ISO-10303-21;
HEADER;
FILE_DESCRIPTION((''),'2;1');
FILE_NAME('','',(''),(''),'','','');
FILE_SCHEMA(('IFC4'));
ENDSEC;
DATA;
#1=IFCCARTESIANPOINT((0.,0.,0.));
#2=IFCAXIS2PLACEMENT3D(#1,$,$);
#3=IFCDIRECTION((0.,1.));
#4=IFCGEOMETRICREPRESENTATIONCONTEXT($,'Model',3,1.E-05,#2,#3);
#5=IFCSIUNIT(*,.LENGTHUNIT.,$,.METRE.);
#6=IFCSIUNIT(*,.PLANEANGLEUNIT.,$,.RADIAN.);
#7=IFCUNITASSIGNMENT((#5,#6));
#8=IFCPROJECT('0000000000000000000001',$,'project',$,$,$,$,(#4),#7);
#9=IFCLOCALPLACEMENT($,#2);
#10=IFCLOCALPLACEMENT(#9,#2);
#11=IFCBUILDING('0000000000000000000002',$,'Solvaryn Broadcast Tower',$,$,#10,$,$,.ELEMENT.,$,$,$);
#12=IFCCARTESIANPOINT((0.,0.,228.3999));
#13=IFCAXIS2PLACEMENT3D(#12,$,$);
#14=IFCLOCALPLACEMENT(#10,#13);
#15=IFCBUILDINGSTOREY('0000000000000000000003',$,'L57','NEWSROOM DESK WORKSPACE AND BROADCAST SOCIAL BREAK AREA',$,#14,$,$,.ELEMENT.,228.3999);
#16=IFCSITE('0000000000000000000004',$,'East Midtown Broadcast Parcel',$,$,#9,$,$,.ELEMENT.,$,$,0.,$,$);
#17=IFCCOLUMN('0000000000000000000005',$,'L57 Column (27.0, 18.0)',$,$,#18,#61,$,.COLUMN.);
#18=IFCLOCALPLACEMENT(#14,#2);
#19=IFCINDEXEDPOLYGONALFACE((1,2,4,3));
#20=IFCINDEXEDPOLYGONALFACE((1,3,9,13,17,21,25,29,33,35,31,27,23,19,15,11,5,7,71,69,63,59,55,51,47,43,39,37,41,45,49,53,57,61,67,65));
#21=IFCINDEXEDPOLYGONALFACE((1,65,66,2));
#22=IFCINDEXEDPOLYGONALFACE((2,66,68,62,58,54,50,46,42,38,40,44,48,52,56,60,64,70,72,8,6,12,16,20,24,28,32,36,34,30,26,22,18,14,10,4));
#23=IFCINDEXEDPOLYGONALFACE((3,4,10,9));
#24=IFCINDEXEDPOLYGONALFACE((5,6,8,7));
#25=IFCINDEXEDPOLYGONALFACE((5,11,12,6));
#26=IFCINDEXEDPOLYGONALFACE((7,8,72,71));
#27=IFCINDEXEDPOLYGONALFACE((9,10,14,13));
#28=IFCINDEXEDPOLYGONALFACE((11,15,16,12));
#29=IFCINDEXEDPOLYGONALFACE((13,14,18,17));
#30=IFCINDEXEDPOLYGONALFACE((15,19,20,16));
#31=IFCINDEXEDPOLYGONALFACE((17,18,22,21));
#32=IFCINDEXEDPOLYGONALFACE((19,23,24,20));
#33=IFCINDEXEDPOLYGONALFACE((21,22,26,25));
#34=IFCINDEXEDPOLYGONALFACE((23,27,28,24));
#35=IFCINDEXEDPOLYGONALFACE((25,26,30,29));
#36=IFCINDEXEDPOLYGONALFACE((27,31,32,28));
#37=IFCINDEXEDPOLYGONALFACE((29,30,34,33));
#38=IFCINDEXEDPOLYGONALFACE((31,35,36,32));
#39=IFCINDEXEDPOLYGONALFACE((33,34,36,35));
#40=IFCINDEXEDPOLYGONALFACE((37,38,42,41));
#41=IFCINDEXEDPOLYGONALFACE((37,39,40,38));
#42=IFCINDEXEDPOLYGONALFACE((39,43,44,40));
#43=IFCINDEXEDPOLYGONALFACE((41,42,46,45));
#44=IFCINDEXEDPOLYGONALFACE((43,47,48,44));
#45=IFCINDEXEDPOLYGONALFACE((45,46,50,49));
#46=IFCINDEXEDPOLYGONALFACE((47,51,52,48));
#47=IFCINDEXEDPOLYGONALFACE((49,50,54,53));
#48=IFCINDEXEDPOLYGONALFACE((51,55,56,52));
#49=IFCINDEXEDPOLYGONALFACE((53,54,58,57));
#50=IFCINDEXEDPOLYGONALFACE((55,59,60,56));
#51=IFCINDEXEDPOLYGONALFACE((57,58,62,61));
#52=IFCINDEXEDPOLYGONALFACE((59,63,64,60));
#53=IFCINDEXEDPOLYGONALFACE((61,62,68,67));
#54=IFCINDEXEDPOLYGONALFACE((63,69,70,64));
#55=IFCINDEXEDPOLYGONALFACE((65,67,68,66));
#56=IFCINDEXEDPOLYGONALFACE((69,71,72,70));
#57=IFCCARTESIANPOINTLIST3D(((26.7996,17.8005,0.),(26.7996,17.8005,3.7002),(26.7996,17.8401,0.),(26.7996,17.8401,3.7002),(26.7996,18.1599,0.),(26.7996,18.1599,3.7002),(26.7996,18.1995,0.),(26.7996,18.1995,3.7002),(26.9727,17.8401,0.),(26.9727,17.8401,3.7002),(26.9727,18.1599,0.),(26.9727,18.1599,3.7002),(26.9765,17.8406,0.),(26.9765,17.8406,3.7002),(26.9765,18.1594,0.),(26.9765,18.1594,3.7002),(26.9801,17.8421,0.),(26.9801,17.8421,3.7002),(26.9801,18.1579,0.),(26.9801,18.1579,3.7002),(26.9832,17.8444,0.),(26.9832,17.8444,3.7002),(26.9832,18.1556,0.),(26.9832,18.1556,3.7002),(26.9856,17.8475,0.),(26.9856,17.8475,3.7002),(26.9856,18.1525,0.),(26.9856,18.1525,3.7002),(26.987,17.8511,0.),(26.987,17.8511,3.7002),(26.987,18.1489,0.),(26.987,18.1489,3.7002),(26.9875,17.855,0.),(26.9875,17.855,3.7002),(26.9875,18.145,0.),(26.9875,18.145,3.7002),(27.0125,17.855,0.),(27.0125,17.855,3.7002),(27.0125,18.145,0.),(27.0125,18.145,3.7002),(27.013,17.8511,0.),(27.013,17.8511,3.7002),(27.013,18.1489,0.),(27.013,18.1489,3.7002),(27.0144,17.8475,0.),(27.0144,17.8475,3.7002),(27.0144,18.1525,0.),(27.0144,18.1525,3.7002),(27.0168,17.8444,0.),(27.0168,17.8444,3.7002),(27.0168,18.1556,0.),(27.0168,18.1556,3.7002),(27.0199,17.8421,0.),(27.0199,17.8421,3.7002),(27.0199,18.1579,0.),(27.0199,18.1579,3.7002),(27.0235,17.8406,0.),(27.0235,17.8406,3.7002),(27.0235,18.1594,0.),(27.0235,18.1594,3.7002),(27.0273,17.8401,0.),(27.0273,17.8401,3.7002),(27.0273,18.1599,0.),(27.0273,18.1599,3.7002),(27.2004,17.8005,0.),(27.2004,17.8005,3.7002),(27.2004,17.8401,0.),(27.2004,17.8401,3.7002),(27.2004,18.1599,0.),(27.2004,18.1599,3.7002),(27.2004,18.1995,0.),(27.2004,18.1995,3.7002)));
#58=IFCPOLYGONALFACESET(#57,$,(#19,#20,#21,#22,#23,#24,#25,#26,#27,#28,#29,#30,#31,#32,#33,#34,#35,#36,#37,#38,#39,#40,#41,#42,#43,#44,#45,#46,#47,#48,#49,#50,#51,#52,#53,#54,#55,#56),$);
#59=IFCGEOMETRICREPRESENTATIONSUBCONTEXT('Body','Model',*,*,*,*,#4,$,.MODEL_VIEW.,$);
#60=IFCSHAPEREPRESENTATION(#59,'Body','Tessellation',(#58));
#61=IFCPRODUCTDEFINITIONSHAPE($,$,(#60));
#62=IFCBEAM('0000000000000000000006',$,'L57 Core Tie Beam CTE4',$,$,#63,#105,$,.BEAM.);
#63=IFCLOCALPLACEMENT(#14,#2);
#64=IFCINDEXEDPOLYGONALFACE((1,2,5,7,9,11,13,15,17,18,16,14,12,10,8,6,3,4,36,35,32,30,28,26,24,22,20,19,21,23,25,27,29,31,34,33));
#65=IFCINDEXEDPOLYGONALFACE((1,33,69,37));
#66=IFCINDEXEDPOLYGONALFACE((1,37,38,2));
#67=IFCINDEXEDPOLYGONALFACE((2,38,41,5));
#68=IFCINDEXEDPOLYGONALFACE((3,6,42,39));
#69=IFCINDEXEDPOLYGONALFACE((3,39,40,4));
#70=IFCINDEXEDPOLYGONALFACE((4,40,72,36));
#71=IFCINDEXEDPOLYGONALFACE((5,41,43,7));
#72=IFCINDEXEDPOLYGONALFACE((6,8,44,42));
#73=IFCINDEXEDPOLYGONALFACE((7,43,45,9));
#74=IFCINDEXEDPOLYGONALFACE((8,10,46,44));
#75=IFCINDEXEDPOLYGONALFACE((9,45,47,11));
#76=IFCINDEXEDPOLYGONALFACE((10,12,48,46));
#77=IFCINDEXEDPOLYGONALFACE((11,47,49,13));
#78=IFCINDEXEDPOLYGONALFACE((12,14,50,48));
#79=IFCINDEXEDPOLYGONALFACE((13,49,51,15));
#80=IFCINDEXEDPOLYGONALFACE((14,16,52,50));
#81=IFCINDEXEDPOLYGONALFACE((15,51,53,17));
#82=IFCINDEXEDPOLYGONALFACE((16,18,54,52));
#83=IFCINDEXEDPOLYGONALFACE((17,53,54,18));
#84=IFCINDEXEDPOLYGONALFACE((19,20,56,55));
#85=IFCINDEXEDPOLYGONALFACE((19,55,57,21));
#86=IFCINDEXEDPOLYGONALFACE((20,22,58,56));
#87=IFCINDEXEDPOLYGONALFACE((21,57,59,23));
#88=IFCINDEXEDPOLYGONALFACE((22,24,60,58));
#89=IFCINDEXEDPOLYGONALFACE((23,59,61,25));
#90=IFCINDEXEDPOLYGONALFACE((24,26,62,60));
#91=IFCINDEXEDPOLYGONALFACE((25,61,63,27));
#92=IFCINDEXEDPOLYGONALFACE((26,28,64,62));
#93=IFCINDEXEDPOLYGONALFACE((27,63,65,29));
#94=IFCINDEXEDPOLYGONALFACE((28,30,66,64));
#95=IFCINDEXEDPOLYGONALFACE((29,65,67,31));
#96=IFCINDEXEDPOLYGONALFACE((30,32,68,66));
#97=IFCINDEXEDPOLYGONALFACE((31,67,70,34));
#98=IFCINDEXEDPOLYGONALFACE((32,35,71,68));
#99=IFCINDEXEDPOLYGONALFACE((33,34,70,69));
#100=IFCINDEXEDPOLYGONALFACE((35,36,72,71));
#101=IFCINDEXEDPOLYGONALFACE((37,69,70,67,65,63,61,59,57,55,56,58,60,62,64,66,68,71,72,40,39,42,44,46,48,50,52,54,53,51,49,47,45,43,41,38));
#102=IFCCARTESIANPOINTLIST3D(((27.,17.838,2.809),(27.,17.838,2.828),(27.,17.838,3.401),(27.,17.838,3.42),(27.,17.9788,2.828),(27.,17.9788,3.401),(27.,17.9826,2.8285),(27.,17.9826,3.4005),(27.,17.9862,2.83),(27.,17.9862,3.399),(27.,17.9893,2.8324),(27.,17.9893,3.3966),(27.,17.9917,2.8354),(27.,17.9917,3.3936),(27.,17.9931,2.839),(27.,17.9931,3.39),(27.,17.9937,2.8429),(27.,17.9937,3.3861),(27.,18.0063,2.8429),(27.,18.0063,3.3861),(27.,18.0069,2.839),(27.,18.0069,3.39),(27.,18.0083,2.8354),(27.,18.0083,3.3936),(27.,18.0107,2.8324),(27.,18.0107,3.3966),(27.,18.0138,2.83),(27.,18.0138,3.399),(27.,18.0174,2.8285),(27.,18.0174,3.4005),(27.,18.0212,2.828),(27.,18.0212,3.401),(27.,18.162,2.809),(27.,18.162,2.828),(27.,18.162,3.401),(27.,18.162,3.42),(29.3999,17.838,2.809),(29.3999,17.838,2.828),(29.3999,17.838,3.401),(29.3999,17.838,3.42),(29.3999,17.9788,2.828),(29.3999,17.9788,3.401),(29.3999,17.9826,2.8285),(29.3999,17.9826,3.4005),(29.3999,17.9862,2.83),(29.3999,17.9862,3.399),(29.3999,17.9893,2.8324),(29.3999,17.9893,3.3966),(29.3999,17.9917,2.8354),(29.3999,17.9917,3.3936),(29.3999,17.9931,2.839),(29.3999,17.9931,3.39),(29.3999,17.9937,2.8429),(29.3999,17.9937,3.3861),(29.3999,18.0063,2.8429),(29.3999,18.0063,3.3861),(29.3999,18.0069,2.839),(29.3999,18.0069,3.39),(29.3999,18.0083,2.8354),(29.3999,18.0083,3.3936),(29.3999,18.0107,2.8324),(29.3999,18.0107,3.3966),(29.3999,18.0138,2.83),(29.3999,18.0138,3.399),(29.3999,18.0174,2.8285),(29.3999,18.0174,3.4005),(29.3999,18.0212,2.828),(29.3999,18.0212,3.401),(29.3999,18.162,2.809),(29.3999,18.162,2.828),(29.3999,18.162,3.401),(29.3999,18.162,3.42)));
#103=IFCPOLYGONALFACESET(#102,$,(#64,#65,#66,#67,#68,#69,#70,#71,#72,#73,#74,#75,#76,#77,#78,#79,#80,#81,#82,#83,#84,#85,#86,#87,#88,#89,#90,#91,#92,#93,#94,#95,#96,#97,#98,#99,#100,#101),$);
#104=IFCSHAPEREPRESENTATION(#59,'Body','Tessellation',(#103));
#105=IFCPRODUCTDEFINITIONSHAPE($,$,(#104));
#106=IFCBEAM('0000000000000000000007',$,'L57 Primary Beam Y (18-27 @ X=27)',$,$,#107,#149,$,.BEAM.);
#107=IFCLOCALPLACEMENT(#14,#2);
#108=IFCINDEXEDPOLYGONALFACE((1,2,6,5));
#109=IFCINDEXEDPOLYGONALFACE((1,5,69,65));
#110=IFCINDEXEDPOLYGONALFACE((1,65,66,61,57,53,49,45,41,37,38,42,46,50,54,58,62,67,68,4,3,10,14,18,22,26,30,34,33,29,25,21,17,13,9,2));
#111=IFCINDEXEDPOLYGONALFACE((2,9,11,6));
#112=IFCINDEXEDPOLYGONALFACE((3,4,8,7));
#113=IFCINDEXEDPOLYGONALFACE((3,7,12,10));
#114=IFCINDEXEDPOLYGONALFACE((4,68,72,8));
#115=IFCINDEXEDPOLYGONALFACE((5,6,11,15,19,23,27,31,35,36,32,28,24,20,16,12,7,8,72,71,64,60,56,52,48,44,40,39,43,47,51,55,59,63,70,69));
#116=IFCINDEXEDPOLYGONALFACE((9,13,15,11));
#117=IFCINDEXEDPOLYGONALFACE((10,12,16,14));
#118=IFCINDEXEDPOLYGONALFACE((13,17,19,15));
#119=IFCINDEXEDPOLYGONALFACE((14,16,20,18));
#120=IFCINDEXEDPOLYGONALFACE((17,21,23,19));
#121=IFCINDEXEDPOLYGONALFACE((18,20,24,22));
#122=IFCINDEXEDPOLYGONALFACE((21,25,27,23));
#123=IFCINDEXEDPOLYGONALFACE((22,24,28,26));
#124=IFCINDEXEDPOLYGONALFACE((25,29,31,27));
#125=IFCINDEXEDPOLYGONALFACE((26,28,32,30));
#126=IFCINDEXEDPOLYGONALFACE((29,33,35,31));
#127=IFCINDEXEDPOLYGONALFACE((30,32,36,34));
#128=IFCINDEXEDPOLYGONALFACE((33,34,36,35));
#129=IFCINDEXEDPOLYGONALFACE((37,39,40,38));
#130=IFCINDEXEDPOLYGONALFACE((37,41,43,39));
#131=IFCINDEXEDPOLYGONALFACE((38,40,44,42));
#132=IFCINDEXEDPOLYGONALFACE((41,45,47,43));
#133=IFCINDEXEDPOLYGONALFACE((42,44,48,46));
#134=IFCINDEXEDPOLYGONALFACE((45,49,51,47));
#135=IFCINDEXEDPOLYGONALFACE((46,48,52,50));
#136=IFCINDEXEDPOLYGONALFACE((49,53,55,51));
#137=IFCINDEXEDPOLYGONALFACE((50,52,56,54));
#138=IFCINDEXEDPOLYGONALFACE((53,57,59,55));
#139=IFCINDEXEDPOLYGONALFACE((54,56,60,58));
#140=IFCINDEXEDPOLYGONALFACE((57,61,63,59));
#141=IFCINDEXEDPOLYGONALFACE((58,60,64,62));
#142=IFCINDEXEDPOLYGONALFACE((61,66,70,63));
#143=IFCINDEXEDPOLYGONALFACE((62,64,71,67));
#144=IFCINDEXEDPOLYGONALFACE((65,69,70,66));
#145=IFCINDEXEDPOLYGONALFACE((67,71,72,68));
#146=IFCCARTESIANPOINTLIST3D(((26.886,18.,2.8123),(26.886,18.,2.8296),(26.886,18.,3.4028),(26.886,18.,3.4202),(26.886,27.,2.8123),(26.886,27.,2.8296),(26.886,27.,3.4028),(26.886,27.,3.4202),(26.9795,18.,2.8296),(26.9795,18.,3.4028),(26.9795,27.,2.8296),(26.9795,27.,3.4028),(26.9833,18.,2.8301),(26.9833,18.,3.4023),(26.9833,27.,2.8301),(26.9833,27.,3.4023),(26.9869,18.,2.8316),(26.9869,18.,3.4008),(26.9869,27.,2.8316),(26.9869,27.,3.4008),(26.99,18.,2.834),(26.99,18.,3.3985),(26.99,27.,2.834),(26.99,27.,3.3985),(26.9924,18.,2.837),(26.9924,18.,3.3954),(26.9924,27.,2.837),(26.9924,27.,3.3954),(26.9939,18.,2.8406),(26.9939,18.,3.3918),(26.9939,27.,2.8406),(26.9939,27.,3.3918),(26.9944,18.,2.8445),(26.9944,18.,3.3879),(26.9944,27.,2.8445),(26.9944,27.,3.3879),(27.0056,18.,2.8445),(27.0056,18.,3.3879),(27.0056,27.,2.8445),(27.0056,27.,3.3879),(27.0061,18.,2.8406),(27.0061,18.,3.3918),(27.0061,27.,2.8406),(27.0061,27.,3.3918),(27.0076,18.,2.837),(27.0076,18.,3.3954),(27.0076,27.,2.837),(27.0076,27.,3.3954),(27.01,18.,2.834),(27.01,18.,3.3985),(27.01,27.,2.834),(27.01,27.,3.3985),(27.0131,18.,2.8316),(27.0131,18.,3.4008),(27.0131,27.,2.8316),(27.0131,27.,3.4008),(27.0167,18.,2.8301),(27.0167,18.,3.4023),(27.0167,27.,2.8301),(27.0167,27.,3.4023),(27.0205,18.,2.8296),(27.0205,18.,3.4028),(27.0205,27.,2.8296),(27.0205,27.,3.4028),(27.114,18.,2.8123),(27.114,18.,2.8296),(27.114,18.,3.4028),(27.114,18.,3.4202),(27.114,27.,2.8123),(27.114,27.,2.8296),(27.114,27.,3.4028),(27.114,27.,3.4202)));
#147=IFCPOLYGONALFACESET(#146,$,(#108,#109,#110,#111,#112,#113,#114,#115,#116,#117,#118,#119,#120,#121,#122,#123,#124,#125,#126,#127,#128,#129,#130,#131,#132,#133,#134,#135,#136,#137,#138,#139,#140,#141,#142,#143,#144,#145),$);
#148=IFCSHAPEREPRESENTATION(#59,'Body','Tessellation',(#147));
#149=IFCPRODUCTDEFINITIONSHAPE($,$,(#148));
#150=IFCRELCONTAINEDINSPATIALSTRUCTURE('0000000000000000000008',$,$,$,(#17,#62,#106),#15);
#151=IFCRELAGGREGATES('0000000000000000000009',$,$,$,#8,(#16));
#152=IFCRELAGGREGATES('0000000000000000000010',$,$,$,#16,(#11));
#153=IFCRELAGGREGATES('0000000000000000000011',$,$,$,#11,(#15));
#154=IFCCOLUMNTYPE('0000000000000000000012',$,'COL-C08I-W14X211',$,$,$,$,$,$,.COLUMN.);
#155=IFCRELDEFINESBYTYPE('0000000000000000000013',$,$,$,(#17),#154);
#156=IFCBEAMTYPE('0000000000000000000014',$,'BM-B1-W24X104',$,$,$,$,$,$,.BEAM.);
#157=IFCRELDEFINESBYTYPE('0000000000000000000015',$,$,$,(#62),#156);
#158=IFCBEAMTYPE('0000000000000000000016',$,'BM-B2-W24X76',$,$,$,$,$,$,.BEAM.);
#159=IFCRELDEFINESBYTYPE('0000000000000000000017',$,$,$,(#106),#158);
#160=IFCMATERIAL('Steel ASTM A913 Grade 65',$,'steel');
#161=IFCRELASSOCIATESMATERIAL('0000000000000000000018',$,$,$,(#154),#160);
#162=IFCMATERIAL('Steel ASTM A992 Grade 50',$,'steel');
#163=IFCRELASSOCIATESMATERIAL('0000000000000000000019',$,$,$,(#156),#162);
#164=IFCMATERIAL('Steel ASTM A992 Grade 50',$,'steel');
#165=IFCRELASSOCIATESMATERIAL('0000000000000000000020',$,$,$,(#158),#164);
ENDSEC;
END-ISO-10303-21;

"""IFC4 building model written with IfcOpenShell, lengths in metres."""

from ifc_helpers import new_model, si_unit, direction, frame, origin, origin_2d, place, context, subcontext, project, spatial, i_section, extrude, material, material_profile, profile_set, type_object, element, save


model = new_model("IFC4")

# Units and contexts
model_context = context("Model", 3, precision=1e-05, world=origin(), true_north=direction((0.0, 1.0)))
body_context = subcontext(model_context, "Body", "Model", "MODEL_VIEW")
ifc_project = project(units=[si_unit("LENGTHUNIT", "METRE"), si_unit("PLANEANGLEUNIT", "RADIAN")], contexts=[model_context])

# Site, building, storey
site_placement = place(None, origin())
site = spatial("IfcSite", under=ifc_project, at=site_placement, Name="East Midtown Broadcast Parcel", CompositionType="ELEMENT", RefElevation=0.0)
building_placement = place(site_placement, origin())
building = spatial("IfcBuilding", under=site, at=building_placement, Name="Solvaryn Broadcast Tower", CompositionType="ELEMENT")
storey_placement = place(building_placement, frame((0.0, 0.0, 228.3999)))
storey = spatial("IfcBuildingStorey", under=building, at=storey_placement, Name="L57", Description="NEWSROOM DESK WORKSPACE AND BROADCAST SOCIAL BREAK AREA", CompositionType="ELEMENT", Elevation=228.3999)

# Column
ifc_material_1 = material(Name="Steel ASTM A913 Grade 65", Category="steel")
ifc_material_profile_1 = material_profile(ifc_material_1, i_section(OverallWidth=0.4009, OverallDepth=0.3989, WebThickness=0.0249, FlangeThickness=0.0396, FilletRadius=0.0149, at=origin_2d()))
ifc_profile_set_1 = profile_set([ifc_material_profile_1], Name="Steel ASTM A913 Grade 65")
column_type = type_object("IfcColumnType", Name="COL-C08I-W14X211", PredefinedType="COLUMN", material=ifc_profile_set_1)
column_placement = place(storey_placement, frame((27.0, 18.0, 0.0), z_axis=(0.0, 0.0, 1.0), x_axis=(1.0, 0.0, 0.0)))
element("IfcColumn", 1, at=column_placement, inside=storey, type_object=column_type, Name="L57 Column (27.0, 18.0)", PredefinedType="COLUMN", context=body_context, shape_type="SweptSolid", body=[
    extrude(i_section(OverallWidth=0.4009, OverallDepth=0.3989, WebThickness=0.0249, FlangeThickness=0.0396, FilletRadius=0.0149, at=origin_2d()), origin(), (0.0, 0.0, 1.0), 3.7002),
])

# Beams
ifc_material_2 = material(Name="Steel ASTM A992 Grade 50", Category="steel")
ifc_material_profile_2 = material_profile(ifc_material_2, i_section(OverallWidth=0.324, OverallDepth=0.6111, WebThickness=0.0127, FlangeThickness=0.019, FilletRadius=0.0149, at=origin_2d()))
ifc_profile_set_2 = profile_set([ifc_material_profile_2], Name="Steel ASTM A992 Grade 50")
beam_type_1 = type_object("IfcBeamType", Name="BM-B1-W24X104", PredefinedType="BEAM", material=ifc_profile_set_2)
beam_1_placement = place(storey_placement, frame((27.0, 18.0, 3.1145), z_axis=(1.0, 0.0, 0.0), x_axis=(0.0, 1.0, 0.0)))
element("IfcBeam", 2, at=beam_1_placement, inside=storey, type_object=beam_type_1, Name="L57 Core Tie Beam CTE4", PredefinedType="BEAM", context=body_context, shape_type="SweptSolid", body=[
    extrude(i_section(OverallWidth=0.324, OverallDepth=0.6111, WebThickness=0.0127, FlangeThickness=0.019, FilletRadius=0.0149, at=origin_2d()), origin(), (0.0, 0.0, 1.0), 2.3999),
])
ifc_material_3 = material(Name="Steel ASTM A992 Grade 50", Category="steel")
ifc_material_profile_3 = material_profile(ifc_material_3, i_section(OverallWidth=0.228, OverallDepth=0.6079, WebThickness=0.0112, FlangeThickness=0.0173, FilletRadius=0.0149, at=origin_2d()))
ifc_profile_set_3 = profile_set([ifc_material_profile_3], Name="Steel ASTM A992 Grade 50")
beam_type_2 = type_object("IfcBeamType", Name="BM-B2-W24X76", PredefinedType="BEAM", material=ifc_profile_set_3)
beam_2_placement = place(storey_placement, frame((27.0, 18.0, 3.1162), z_axis=(0.0, 1.0, 0.0), x_axis=(-1.0, 0.0, 0.0)))
element("IfcBeam", 3, at=beam_2_placement, inside=storey, type_object=beam_type_2, Name="L57 Primary Beam Y (18-27 @ X=27)", PredefinedType="BEAM", context=body_context, shape_type="SweptSolid", body=[
    extrude(i_section(OverallWidth=0.228, OverallDepth=0.6079, WebThickness=0.0112, FlangeThickness=0.0173, FilletRadius=0.0149, at=origin_2d()), origin(), (0.0, 0.0, 1.0), 9.0),
])

save(model, "model.ifc")
